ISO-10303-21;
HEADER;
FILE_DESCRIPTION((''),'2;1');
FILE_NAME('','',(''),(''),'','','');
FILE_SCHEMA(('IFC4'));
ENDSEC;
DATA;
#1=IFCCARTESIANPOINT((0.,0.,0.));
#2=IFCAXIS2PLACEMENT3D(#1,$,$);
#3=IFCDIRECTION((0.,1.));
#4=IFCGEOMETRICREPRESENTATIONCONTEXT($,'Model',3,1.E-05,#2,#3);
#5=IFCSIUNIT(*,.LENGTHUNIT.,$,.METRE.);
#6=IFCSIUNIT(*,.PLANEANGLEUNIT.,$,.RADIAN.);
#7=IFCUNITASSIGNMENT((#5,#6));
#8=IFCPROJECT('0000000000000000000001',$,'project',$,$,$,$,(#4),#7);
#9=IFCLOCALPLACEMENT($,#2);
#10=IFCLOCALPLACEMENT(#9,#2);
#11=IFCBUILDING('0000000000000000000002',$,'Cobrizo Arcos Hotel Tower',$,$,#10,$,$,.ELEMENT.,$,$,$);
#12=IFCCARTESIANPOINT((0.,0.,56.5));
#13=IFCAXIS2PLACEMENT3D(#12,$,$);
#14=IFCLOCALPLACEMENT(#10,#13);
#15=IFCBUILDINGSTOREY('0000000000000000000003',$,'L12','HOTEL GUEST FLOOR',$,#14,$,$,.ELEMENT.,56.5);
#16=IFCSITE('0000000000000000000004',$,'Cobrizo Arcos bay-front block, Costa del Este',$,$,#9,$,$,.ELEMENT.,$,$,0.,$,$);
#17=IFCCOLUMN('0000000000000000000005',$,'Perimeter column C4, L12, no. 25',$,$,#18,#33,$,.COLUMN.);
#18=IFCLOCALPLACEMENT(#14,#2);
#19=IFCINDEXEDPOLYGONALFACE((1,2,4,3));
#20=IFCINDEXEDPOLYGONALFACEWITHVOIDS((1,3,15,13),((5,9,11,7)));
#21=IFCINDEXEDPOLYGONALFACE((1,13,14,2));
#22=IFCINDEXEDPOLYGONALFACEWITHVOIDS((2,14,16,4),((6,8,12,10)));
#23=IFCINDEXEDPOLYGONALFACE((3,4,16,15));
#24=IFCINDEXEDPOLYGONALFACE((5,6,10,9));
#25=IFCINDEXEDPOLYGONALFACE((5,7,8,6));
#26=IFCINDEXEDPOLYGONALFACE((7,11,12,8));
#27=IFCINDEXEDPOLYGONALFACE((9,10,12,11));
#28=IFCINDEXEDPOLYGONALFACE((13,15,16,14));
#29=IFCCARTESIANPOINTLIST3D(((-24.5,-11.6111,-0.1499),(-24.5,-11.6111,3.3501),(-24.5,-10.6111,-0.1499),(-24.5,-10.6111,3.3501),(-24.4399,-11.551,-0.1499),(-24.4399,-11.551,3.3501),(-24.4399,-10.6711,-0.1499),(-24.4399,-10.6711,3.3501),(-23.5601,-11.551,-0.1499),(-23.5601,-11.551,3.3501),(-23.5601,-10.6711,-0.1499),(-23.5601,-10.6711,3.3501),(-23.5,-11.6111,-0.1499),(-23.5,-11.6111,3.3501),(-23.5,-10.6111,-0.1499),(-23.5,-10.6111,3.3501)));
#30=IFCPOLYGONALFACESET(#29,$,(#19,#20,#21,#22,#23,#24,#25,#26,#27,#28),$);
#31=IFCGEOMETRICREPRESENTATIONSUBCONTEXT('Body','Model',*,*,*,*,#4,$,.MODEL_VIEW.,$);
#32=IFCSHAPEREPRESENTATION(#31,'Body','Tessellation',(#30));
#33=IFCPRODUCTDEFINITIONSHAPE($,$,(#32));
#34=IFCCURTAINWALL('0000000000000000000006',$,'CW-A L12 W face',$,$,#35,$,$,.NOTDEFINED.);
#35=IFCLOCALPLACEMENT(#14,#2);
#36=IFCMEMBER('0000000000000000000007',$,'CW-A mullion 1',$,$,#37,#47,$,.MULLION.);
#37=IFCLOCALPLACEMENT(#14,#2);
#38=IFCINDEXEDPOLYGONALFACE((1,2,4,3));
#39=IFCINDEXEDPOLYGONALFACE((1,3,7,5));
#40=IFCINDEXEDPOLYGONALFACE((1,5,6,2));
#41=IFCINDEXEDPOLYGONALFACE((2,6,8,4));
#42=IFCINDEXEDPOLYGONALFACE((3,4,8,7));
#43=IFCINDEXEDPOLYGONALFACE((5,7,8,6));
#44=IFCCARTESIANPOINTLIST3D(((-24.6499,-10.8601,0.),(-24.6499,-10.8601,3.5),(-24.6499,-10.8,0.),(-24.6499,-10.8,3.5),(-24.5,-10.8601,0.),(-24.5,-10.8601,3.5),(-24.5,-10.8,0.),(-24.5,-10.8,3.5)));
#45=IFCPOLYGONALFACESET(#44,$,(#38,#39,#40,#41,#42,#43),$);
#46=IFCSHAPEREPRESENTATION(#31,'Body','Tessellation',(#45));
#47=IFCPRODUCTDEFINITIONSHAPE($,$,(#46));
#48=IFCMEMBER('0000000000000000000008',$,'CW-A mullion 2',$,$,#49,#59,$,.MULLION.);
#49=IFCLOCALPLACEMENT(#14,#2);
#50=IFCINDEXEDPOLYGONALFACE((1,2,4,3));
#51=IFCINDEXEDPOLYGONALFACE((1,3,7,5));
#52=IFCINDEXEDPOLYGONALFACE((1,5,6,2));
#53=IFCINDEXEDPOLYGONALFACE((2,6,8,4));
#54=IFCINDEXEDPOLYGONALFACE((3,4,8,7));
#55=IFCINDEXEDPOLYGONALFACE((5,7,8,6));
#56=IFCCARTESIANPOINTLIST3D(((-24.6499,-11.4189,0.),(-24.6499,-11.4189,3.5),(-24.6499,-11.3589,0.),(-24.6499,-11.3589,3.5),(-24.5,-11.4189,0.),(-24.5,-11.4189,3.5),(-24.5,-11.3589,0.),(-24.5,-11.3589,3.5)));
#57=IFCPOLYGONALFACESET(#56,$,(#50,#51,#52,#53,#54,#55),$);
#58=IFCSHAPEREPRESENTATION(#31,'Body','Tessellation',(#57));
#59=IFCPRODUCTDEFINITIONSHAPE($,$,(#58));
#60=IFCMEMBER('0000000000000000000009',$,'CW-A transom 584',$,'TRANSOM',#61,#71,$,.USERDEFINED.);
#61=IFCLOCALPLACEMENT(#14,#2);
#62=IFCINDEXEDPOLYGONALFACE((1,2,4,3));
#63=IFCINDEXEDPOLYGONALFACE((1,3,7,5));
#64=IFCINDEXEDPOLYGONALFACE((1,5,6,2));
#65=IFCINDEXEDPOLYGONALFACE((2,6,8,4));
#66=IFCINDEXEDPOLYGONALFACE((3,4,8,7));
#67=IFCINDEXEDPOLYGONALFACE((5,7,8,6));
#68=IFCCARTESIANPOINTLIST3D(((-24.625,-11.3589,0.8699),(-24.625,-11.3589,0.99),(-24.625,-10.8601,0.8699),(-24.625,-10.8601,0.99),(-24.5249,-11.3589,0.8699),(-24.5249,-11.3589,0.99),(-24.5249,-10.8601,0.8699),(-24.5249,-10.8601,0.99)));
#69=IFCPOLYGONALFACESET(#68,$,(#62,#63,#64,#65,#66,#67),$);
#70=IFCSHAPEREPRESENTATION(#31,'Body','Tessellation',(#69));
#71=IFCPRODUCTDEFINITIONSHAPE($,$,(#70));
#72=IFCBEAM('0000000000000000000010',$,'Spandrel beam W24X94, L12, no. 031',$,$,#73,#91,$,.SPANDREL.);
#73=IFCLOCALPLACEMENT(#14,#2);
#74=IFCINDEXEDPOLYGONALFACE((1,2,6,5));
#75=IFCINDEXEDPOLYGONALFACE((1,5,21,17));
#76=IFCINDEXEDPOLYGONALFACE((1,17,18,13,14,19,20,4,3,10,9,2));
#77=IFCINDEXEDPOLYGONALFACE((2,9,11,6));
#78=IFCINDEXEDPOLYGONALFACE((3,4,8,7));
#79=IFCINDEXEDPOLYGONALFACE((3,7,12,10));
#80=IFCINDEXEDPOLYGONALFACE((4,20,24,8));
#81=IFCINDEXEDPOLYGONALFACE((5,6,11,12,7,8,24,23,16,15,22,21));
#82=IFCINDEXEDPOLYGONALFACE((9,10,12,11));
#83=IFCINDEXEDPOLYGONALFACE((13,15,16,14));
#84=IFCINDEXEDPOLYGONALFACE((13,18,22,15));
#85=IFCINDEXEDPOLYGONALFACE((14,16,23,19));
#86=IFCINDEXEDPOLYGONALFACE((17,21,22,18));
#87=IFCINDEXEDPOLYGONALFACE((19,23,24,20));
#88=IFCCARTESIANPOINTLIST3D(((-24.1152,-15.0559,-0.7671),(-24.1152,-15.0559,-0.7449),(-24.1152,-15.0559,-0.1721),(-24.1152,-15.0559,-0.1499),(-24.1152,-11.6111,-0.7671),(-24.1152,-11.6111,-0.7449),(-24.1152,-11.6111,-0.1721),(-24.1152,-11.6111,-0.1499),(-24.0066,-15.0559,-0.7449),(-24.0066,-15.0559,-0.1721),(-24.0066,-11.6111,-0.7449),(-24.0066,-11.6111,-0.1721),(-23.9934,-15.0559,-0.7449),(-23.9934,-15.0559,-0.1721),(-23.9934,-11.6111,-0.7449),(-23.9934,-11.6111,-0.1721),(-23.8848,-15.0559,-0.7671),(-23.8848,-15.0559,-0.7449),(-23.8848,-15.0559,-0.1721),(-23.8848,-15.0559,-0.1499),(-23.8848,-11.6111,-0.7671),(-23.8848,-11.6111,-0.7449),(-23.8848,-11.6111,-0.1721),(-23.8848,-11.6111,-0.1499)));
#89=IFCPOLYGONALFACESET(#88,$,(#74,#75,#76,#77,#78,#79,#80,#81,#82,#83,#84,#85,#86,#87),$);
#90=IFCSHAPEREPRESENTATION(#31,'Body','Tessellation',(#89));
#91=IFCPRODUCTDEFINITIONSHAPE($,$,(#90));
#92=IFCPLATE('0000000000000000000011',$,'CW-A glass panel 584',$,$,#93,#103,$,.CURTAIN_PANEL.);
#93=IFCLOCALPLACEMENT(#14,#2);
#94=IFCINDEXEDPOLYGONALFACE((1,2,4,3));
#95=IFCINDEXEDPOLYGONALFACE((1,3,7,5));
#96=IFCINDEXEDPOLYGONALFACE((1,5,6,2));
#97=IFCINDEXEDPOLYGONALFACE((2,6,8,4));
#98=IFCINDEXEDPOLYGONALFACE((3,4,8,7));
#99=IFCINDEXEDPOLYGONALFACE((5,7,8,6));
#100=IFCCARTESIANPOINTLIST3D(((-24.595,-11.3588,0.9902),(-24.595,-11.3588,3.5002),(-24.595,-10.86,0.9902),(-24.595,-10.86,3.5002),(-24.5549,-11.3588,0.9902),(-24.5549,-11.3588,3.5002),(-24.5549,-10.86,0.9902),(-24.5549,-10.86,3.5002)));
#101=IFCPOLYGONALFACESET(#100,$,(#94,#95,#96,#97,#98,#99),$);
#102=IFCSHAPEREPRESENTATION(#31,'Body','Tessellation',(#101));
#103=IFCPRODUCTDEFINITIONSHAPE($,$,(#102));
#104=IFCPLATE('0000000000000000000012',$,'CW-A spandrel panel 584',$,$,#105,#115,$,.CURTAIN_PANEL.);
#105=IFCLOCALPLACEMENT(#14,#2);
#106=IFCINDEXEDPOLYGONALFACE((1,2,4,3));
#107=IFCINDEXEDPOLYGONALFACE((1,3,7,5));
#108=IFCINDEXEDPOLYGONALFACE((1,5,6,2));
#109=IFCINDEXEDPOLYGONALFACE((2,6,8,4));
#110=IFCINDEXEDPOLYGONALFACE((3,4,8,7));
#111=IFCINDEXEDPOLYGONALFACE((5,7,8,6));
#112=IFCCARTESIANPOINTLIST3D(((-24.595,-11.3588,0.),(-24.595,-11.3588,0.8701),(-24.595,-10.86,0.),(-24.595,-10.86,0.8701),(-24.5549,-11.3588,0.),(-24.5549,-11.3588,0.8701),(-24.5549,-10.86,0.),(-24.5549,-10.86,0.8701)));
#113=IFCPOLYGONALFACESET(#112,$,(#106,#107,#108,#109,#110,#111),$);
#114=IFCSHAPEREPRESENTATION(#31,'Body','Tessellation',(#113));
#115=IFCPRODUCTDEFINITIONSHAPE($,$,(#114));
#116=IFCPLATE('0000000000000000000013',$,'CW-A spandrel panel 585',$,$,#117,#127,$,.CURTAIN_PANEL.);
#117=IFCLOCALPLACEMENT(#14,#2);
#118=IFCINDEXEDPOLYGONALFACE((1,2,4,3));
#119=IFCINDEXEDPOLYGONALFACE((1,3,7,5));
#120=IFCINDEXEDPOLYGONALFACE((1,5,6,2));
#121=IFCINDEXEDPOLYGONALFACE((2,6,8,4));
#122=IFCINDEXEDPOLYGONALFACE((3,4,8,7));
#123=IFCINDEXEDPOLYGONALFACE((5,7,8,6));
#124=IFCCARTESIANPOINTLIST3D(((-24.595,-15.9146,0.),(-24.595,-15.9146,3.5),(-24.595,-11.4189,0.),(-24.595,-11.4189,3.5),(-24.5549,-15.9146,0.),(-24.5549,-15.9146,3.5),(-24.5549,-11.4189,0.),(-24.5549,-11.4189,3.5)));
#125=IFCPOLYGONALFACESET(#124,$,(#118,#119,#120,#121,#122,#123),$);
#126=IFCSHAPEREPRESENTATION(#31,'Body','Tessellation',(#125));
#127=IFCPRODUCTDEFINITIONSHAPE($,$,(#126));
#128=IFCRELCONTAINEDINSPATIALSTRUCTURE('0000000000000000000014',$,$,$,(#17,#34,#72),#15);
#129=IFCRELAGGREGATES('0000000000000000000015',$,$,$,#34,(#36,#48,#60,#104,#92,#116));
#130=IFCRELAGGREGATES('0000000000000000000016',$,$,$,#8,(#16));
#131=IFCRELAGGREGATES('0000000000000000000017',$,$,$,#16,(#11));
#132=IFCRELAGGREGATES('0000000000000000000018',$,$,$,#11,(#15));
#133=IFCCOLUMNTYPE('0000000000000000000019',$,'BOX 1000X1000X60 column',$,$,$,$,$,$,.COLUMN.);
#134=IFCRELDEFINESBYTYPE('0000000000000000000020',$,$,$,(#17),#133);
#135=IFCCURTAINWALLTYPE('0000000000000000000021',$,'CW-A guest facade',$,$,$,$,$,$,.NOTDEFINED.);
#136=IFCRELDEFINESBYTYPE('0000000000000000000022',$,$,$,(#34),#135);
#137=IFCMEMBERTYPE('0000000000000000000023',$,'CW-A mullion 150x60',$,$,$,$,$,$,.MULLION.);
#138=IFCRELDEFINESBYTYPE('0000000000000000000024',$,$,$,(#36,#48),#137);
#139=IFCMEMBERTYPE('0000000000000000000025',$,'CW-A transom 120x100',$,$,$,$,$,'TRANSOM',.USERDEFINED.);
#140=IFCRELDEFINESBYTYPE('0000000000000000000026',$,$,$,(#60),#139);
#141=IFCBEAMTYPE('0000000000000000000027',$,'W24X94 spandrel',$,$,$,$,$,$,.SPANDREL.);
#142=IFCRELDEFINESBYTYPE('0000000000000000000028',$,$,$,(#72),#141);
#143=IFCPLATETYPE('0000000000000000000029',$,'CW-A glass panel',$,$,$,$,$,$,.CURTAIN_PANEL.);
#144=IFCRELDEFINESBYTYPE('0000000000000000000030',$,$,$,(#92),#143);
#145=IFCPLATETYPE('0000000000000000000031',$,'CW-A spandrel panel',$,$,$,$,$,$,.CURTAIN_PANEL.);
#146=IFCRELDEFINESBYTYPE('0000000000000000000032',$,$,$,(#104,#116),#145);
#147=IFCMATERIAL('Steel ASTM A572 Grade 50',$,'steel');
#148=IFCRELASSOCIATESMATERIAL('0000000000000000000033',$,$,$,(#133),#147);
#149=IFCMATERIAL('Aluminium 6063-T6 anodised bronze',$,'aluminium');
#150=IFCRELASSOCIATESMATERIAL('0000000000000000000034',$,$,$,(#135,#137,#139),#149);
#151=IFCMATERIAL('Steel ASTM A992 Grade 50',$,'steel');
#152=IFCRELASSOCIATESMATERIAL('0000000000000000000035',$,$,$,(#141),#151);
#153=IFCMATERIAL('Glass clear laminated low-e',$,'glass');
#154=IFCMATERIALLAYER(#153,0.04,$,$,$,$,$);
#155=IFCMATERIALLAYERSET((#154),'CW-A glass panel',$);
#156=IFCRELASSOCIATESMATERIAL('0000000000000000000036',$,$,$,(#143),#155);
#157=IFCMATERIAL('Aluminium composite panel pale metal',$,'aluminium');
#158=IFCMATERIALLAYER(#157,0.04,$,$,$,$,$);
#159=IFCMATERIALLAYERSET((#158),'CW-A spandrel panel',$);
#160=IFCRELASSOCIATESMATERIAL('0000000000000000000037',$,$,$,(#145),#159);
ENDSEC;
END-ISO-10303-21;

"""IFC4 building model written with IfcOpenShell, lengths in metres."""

from ifc_helpers import new_model, si_unit, direction, frame, origin, origin_2d, place, context, subcontext, project, spatial, rectangle, hollow_rectangle, i_section, extrude, material, layer, layer_set, material_profile, profile_set, type_object, element, aggregate, save


model = new_model("IFC4")

# Units and contexts
model_context = context("Model", 3, precision=1e-05, world=origin(), true_north=direction((0.0, 1.0)))
body_context = subcontext(model_context, "Body", "Model", "MODEL_VIEW")
ifc_project = project(units=[si_unit("LENGTHUNIT", "METRE"), si_unit("PLANEANGLEUNIT", "RADIAN")], contexts=[model_context])

# Site, building, storey
site_placement = place(None, origin())
site = spatial("IfcSite", under=ifc_project, at=site_placement, Name="Cobrizo Arcos bay-front block, Costa del Este", CompositionType="ELEMENT", RefElevation=0.0)
building_placement = place(site_placement, origin())
building = spatial("IfcBuilding", under=site, at=building_placement, Name="Cobrizo Arcos Hotel Tower", CompositionType="ELEMENT")
storey_placement = place(building_placement, frame((0.0, 0.0, 56.5)))
storey = spatial("IfcBuildingStorey", under=building, at=storey_placement, Name="L12", Description="HOTEL GUEST FLOOR", CompositionType="ELEMENT", Elevation=56.5)

# Column
ifc_material_1 = material(Name="Steel ASTM A572 Grade 50", Category="steel")
ifc_material_profile_1 = material_profile(ifc_material_1, hollow_rectangle(XDim=1.0, YDim=1.0, WallThickness=0.0601, at=origin_2d()), Name="BOX 1000X1000X60")
ifc_profile_set_1 = profile_set([ifc_material_profile_1], Name="Steel ASTM A572 Grade 50")
column_type = type_object("IfcColumnType", Name="BOX 1000X1000X60 column", PredefinedType="COLUMN", material=ifc_profile_set_1)
column_placement = place(storey_placement, frame((-24.0, -11.1111, -0.1499), z_axis=(0.0, 0.0, 1.0), x_axis=(1.0, 0.0, 0.0)))
element("IfcColumn", 1, at=column_placement, inside=storey, type_object=column_type, Name="Perimeter column C4, L12, no. 25", PredefinedType="COLUMN", context=body_context, shape_type="SweptSolid", body=[
    extrude(hollow_rectangle(XDim=1.0, YDim=1.0, WallThickness=0.0601, at=origin_2d()), origin(), (0.0, 0.0, 1.0), 3.5),
])

# Curtain wall, members
ifc_material_2 = material(Name="Aluminium 6063-T6 anodised bronze", Category="aluminium")
curtain_wall_type = type_object("IfcCurtainWallType", Name="CW-A guest facade", PredefinedType="NOTDEFINED", material=ifc_material_2)
curtain_wall_placement = place(storey_placement, origin())
curtain_wall = element("IfcCurtainWall", 2, at=curtain_wall_placement, inside=storey, type_object=curtain_wall_type, Name="CW-A L12 W face", PredefinedType="NOTDEFINED")
ifc_material_profile_2 = material_profile(ifc_material_2, rectangle(XDim=0.1499, YDim=0.0601, at=origin_2d()), Name="CW-A mullion 150x60")
ifc_profile_set_2 = profile_set([ifc_material_profile_2], Name="Aluminium 6063-T6 anodised bronze")
member_type_1 = type_object("IfcMemberType", Name="CW-A mullion 150x60", PredefinedType="MULLION", material=ifc_profile_set_2)
member_1_placement = place(storey_placement, frame((-24.575, -10.8301, 0.0), z_axis=(0.0, 0.0, 1.0), x_axis=(-1.0, 0.0, 0.0)))
member_1 = element("IfcMember", 3, at=member_1_placement, type_object=member_type_1, Name="CW-A mullion 1", PredefinedType="MULLION", context=body_context, shape_type="SweptSolid", body=[
    extrude(rectangle(XDim=0.1499, YDim=0.0601, at=origin_2d()), origin(), (0.0, 0.0, 1.0), 3.5),
])
member_2_placement = place(storey_placement, frame((-24.575, -11.3889, 0.0), z_axis=(0.0, 0.0, 1.0), x_axis=(-1.0, 0.0, 0.0)))
member_2 = element("IfcMember", 4, at=member_2_placement, type_object=member_type_1, Name="CW-A mullion 2", PredefinedType="MULLION", context=body_context, shape_type="SweptSolid", body=[
    extrude(rectangle(XDim=0.1499, YDim=0.0601, at=origin_2d()), origin(), (0.0, 0.0, 1.0), 3.5),
])
ifc_material_profile_3 = material_profile(ifc_material_2, rectangle(XDim=0.1001, YDim=0.1201, at=origin_2d()), Name="CW-A transom 120x100")
ifc_profile_set_3 = profile_set([ifc_material_profile_3], Name="Aluminium 6063-T6 anodised bronze")
member_type_2 = type_object("IfcMemberType", Name="CW-A transom 120x100", ElementType="TRANSOM", PredefinedType="USERDEFINED", material=ifc_profile_set_3)
member_3_placement = place(storey_placement, frame((-24.575, -10.8601, 0.9299), z_axis=(0.0, -1.0, 0.0), x_axis=(1.0, 0.0, 0.0)))
member_3 = element("IfcMember", 5, at=member_3_placement, type_object=member_type_2, Name="CW-A transom 584", ObjectType="TRANSOM", PredefinedType="USERDEFINED", context=body_context, shape_type="SweptSolid", body=[
    extrude(rectangle(XDim=0.1001, YDim=0.1201, at=origin_2d()), origin(), (0.0, 0.0, 1.0), 0.4988),
])

# Beam
ifc_material_3 = material(Name="Steel ASTM A992 Grade 50", Category="steel")
ifc_material_profile_4 = material_profile(ifc_material_3, i_section(OverallWidth=0.2305, OverallDepth=0.6172, WebThickness=0.0132, FlangeThickness=0.0222, at=origin_2d()), Name="W24X94")
ifc_profile_set_4 = profile_set([ifc_material_profile_4], Name="Steel ASTM A992 Grade 50")
beam_type = type_object("IfcBeamType", Name="W24X94 spandrel", PredefinedType="SPANDREL", material=ifc_profile_set_4)
beam_placement = place(storey_placement, frame((-24.0, -11.6111, -0.4585), z_axis=(0.0, -1.0, 0.0), x_axis=(1.0, 0.0, 0.0)))
element("IfcBeam", 6, at=beam_placement, inside=storey, type_object=beam_type, Name="Spandrel beam W24X94, L12, no. 031", PredefinedType="SPANDREL", context=body_context, shape_type="SweptSolid", body=[
    extrude(i_section(OverallWidth=0.2305, OverallDepth=0.6172, WebThickness=0.0132, FlangeThickness=0.0222, at=origin_2d()), origin(), (0.0, 0.0, 1.0), 3.4448),
])

# Plates
ifc_material_4 = material(Name="Glass clear laminated low-e", Category="glass")
ifc_layer_1 = layer(ifc_material_4, 0.04)
ifc_layer_set_1 = layer_set([ifc_layer_1], Name="CW-A glass panel")
plate_type_1 = type_object("IfcPlateType", Name="CW-A glass panel", PredefinedType="CURTAIN_PANEL", material=ifc_layer_set_1)
plate_1_placement = place(storey_placement, frame((-24.575, -11.1094, 0.9902), z_axis=(0.0, 0.0, 1.0), x_axis=(0.0, -1.0, 0.0)))
plate_1 = element("IfcPlate", 7, at=plate_1_placement, type_object=plate_type_1, Name="CW-A glass panel 584", PredefinedType="CURTAIN_PANEL", context=body_context, shape_type="SweptSolid", body=[
    extrude(rectangle(XDim=0.4988, YDim=0.04, at=origin_2d()), origin(), (0.0, 0.0, 1.0), 2.51),
])
ifc_material_5 = material(Name="Aluminium composite panel pale metal", Category="aluminium")
ifc_layer_2 = layer(ifc_material_5, 0.04)
ifc_layer_set_2 = layer_set([ifc_layer_2], Name="CW-A spandrel panel")
plate_type_2 = type_object("IfcPlateType", Name="CW-A spandrel panel", PredefinedType="CURTAIN_PANEL", material=ifc_layer_set_2)
plate_2_placement = place(storey_placement, frame((-24.575, -11.1094, 0.0), z_axis=(0.0, 0.0, 1.0), x_axis=(0.0, -1.0, 0.0)))
plate_2 = element("IfcPlate", 8, at=plate_2_placement, type_object=plate_type_2, Name="CW-A spandrel panel 584", PredefinedType="CURTAIN_PANEL", context=body_context, shape_type="SweptSolid", body=[
    extrude(rectangle(XDim=0.4988, YDim=0.04, at=origin_2d()), origin(), (0.0, 0.0, 1.0), 0.8701),
])
plate_3_placement = place(storey_placement, frame((-24.575, -13.6667, 0.0), z_axis=(0.0, 0.0, 1.0), x_axis=(0.0, -1.0, 0.0)))
plate_3 = element("IfcPlate", 9, at=plate_3_placement, type_object=plate_type_2, Name="CW-A spandrel panel 585", PredefinedType="CURTAIN_PANEL", context=body_context, shape_type="SweptSolid", body=[
    extrude(rectangle(XDim=4.4956, YDim=0.04, at=origin_2d()), origin(), (0.0, 0.0, 1.0), 3.5),
])
aggregate(curtain_wall, [member_1, member_2, member_3, plate_2, plate_1, plate_3])

save(model, "model.ifc")
